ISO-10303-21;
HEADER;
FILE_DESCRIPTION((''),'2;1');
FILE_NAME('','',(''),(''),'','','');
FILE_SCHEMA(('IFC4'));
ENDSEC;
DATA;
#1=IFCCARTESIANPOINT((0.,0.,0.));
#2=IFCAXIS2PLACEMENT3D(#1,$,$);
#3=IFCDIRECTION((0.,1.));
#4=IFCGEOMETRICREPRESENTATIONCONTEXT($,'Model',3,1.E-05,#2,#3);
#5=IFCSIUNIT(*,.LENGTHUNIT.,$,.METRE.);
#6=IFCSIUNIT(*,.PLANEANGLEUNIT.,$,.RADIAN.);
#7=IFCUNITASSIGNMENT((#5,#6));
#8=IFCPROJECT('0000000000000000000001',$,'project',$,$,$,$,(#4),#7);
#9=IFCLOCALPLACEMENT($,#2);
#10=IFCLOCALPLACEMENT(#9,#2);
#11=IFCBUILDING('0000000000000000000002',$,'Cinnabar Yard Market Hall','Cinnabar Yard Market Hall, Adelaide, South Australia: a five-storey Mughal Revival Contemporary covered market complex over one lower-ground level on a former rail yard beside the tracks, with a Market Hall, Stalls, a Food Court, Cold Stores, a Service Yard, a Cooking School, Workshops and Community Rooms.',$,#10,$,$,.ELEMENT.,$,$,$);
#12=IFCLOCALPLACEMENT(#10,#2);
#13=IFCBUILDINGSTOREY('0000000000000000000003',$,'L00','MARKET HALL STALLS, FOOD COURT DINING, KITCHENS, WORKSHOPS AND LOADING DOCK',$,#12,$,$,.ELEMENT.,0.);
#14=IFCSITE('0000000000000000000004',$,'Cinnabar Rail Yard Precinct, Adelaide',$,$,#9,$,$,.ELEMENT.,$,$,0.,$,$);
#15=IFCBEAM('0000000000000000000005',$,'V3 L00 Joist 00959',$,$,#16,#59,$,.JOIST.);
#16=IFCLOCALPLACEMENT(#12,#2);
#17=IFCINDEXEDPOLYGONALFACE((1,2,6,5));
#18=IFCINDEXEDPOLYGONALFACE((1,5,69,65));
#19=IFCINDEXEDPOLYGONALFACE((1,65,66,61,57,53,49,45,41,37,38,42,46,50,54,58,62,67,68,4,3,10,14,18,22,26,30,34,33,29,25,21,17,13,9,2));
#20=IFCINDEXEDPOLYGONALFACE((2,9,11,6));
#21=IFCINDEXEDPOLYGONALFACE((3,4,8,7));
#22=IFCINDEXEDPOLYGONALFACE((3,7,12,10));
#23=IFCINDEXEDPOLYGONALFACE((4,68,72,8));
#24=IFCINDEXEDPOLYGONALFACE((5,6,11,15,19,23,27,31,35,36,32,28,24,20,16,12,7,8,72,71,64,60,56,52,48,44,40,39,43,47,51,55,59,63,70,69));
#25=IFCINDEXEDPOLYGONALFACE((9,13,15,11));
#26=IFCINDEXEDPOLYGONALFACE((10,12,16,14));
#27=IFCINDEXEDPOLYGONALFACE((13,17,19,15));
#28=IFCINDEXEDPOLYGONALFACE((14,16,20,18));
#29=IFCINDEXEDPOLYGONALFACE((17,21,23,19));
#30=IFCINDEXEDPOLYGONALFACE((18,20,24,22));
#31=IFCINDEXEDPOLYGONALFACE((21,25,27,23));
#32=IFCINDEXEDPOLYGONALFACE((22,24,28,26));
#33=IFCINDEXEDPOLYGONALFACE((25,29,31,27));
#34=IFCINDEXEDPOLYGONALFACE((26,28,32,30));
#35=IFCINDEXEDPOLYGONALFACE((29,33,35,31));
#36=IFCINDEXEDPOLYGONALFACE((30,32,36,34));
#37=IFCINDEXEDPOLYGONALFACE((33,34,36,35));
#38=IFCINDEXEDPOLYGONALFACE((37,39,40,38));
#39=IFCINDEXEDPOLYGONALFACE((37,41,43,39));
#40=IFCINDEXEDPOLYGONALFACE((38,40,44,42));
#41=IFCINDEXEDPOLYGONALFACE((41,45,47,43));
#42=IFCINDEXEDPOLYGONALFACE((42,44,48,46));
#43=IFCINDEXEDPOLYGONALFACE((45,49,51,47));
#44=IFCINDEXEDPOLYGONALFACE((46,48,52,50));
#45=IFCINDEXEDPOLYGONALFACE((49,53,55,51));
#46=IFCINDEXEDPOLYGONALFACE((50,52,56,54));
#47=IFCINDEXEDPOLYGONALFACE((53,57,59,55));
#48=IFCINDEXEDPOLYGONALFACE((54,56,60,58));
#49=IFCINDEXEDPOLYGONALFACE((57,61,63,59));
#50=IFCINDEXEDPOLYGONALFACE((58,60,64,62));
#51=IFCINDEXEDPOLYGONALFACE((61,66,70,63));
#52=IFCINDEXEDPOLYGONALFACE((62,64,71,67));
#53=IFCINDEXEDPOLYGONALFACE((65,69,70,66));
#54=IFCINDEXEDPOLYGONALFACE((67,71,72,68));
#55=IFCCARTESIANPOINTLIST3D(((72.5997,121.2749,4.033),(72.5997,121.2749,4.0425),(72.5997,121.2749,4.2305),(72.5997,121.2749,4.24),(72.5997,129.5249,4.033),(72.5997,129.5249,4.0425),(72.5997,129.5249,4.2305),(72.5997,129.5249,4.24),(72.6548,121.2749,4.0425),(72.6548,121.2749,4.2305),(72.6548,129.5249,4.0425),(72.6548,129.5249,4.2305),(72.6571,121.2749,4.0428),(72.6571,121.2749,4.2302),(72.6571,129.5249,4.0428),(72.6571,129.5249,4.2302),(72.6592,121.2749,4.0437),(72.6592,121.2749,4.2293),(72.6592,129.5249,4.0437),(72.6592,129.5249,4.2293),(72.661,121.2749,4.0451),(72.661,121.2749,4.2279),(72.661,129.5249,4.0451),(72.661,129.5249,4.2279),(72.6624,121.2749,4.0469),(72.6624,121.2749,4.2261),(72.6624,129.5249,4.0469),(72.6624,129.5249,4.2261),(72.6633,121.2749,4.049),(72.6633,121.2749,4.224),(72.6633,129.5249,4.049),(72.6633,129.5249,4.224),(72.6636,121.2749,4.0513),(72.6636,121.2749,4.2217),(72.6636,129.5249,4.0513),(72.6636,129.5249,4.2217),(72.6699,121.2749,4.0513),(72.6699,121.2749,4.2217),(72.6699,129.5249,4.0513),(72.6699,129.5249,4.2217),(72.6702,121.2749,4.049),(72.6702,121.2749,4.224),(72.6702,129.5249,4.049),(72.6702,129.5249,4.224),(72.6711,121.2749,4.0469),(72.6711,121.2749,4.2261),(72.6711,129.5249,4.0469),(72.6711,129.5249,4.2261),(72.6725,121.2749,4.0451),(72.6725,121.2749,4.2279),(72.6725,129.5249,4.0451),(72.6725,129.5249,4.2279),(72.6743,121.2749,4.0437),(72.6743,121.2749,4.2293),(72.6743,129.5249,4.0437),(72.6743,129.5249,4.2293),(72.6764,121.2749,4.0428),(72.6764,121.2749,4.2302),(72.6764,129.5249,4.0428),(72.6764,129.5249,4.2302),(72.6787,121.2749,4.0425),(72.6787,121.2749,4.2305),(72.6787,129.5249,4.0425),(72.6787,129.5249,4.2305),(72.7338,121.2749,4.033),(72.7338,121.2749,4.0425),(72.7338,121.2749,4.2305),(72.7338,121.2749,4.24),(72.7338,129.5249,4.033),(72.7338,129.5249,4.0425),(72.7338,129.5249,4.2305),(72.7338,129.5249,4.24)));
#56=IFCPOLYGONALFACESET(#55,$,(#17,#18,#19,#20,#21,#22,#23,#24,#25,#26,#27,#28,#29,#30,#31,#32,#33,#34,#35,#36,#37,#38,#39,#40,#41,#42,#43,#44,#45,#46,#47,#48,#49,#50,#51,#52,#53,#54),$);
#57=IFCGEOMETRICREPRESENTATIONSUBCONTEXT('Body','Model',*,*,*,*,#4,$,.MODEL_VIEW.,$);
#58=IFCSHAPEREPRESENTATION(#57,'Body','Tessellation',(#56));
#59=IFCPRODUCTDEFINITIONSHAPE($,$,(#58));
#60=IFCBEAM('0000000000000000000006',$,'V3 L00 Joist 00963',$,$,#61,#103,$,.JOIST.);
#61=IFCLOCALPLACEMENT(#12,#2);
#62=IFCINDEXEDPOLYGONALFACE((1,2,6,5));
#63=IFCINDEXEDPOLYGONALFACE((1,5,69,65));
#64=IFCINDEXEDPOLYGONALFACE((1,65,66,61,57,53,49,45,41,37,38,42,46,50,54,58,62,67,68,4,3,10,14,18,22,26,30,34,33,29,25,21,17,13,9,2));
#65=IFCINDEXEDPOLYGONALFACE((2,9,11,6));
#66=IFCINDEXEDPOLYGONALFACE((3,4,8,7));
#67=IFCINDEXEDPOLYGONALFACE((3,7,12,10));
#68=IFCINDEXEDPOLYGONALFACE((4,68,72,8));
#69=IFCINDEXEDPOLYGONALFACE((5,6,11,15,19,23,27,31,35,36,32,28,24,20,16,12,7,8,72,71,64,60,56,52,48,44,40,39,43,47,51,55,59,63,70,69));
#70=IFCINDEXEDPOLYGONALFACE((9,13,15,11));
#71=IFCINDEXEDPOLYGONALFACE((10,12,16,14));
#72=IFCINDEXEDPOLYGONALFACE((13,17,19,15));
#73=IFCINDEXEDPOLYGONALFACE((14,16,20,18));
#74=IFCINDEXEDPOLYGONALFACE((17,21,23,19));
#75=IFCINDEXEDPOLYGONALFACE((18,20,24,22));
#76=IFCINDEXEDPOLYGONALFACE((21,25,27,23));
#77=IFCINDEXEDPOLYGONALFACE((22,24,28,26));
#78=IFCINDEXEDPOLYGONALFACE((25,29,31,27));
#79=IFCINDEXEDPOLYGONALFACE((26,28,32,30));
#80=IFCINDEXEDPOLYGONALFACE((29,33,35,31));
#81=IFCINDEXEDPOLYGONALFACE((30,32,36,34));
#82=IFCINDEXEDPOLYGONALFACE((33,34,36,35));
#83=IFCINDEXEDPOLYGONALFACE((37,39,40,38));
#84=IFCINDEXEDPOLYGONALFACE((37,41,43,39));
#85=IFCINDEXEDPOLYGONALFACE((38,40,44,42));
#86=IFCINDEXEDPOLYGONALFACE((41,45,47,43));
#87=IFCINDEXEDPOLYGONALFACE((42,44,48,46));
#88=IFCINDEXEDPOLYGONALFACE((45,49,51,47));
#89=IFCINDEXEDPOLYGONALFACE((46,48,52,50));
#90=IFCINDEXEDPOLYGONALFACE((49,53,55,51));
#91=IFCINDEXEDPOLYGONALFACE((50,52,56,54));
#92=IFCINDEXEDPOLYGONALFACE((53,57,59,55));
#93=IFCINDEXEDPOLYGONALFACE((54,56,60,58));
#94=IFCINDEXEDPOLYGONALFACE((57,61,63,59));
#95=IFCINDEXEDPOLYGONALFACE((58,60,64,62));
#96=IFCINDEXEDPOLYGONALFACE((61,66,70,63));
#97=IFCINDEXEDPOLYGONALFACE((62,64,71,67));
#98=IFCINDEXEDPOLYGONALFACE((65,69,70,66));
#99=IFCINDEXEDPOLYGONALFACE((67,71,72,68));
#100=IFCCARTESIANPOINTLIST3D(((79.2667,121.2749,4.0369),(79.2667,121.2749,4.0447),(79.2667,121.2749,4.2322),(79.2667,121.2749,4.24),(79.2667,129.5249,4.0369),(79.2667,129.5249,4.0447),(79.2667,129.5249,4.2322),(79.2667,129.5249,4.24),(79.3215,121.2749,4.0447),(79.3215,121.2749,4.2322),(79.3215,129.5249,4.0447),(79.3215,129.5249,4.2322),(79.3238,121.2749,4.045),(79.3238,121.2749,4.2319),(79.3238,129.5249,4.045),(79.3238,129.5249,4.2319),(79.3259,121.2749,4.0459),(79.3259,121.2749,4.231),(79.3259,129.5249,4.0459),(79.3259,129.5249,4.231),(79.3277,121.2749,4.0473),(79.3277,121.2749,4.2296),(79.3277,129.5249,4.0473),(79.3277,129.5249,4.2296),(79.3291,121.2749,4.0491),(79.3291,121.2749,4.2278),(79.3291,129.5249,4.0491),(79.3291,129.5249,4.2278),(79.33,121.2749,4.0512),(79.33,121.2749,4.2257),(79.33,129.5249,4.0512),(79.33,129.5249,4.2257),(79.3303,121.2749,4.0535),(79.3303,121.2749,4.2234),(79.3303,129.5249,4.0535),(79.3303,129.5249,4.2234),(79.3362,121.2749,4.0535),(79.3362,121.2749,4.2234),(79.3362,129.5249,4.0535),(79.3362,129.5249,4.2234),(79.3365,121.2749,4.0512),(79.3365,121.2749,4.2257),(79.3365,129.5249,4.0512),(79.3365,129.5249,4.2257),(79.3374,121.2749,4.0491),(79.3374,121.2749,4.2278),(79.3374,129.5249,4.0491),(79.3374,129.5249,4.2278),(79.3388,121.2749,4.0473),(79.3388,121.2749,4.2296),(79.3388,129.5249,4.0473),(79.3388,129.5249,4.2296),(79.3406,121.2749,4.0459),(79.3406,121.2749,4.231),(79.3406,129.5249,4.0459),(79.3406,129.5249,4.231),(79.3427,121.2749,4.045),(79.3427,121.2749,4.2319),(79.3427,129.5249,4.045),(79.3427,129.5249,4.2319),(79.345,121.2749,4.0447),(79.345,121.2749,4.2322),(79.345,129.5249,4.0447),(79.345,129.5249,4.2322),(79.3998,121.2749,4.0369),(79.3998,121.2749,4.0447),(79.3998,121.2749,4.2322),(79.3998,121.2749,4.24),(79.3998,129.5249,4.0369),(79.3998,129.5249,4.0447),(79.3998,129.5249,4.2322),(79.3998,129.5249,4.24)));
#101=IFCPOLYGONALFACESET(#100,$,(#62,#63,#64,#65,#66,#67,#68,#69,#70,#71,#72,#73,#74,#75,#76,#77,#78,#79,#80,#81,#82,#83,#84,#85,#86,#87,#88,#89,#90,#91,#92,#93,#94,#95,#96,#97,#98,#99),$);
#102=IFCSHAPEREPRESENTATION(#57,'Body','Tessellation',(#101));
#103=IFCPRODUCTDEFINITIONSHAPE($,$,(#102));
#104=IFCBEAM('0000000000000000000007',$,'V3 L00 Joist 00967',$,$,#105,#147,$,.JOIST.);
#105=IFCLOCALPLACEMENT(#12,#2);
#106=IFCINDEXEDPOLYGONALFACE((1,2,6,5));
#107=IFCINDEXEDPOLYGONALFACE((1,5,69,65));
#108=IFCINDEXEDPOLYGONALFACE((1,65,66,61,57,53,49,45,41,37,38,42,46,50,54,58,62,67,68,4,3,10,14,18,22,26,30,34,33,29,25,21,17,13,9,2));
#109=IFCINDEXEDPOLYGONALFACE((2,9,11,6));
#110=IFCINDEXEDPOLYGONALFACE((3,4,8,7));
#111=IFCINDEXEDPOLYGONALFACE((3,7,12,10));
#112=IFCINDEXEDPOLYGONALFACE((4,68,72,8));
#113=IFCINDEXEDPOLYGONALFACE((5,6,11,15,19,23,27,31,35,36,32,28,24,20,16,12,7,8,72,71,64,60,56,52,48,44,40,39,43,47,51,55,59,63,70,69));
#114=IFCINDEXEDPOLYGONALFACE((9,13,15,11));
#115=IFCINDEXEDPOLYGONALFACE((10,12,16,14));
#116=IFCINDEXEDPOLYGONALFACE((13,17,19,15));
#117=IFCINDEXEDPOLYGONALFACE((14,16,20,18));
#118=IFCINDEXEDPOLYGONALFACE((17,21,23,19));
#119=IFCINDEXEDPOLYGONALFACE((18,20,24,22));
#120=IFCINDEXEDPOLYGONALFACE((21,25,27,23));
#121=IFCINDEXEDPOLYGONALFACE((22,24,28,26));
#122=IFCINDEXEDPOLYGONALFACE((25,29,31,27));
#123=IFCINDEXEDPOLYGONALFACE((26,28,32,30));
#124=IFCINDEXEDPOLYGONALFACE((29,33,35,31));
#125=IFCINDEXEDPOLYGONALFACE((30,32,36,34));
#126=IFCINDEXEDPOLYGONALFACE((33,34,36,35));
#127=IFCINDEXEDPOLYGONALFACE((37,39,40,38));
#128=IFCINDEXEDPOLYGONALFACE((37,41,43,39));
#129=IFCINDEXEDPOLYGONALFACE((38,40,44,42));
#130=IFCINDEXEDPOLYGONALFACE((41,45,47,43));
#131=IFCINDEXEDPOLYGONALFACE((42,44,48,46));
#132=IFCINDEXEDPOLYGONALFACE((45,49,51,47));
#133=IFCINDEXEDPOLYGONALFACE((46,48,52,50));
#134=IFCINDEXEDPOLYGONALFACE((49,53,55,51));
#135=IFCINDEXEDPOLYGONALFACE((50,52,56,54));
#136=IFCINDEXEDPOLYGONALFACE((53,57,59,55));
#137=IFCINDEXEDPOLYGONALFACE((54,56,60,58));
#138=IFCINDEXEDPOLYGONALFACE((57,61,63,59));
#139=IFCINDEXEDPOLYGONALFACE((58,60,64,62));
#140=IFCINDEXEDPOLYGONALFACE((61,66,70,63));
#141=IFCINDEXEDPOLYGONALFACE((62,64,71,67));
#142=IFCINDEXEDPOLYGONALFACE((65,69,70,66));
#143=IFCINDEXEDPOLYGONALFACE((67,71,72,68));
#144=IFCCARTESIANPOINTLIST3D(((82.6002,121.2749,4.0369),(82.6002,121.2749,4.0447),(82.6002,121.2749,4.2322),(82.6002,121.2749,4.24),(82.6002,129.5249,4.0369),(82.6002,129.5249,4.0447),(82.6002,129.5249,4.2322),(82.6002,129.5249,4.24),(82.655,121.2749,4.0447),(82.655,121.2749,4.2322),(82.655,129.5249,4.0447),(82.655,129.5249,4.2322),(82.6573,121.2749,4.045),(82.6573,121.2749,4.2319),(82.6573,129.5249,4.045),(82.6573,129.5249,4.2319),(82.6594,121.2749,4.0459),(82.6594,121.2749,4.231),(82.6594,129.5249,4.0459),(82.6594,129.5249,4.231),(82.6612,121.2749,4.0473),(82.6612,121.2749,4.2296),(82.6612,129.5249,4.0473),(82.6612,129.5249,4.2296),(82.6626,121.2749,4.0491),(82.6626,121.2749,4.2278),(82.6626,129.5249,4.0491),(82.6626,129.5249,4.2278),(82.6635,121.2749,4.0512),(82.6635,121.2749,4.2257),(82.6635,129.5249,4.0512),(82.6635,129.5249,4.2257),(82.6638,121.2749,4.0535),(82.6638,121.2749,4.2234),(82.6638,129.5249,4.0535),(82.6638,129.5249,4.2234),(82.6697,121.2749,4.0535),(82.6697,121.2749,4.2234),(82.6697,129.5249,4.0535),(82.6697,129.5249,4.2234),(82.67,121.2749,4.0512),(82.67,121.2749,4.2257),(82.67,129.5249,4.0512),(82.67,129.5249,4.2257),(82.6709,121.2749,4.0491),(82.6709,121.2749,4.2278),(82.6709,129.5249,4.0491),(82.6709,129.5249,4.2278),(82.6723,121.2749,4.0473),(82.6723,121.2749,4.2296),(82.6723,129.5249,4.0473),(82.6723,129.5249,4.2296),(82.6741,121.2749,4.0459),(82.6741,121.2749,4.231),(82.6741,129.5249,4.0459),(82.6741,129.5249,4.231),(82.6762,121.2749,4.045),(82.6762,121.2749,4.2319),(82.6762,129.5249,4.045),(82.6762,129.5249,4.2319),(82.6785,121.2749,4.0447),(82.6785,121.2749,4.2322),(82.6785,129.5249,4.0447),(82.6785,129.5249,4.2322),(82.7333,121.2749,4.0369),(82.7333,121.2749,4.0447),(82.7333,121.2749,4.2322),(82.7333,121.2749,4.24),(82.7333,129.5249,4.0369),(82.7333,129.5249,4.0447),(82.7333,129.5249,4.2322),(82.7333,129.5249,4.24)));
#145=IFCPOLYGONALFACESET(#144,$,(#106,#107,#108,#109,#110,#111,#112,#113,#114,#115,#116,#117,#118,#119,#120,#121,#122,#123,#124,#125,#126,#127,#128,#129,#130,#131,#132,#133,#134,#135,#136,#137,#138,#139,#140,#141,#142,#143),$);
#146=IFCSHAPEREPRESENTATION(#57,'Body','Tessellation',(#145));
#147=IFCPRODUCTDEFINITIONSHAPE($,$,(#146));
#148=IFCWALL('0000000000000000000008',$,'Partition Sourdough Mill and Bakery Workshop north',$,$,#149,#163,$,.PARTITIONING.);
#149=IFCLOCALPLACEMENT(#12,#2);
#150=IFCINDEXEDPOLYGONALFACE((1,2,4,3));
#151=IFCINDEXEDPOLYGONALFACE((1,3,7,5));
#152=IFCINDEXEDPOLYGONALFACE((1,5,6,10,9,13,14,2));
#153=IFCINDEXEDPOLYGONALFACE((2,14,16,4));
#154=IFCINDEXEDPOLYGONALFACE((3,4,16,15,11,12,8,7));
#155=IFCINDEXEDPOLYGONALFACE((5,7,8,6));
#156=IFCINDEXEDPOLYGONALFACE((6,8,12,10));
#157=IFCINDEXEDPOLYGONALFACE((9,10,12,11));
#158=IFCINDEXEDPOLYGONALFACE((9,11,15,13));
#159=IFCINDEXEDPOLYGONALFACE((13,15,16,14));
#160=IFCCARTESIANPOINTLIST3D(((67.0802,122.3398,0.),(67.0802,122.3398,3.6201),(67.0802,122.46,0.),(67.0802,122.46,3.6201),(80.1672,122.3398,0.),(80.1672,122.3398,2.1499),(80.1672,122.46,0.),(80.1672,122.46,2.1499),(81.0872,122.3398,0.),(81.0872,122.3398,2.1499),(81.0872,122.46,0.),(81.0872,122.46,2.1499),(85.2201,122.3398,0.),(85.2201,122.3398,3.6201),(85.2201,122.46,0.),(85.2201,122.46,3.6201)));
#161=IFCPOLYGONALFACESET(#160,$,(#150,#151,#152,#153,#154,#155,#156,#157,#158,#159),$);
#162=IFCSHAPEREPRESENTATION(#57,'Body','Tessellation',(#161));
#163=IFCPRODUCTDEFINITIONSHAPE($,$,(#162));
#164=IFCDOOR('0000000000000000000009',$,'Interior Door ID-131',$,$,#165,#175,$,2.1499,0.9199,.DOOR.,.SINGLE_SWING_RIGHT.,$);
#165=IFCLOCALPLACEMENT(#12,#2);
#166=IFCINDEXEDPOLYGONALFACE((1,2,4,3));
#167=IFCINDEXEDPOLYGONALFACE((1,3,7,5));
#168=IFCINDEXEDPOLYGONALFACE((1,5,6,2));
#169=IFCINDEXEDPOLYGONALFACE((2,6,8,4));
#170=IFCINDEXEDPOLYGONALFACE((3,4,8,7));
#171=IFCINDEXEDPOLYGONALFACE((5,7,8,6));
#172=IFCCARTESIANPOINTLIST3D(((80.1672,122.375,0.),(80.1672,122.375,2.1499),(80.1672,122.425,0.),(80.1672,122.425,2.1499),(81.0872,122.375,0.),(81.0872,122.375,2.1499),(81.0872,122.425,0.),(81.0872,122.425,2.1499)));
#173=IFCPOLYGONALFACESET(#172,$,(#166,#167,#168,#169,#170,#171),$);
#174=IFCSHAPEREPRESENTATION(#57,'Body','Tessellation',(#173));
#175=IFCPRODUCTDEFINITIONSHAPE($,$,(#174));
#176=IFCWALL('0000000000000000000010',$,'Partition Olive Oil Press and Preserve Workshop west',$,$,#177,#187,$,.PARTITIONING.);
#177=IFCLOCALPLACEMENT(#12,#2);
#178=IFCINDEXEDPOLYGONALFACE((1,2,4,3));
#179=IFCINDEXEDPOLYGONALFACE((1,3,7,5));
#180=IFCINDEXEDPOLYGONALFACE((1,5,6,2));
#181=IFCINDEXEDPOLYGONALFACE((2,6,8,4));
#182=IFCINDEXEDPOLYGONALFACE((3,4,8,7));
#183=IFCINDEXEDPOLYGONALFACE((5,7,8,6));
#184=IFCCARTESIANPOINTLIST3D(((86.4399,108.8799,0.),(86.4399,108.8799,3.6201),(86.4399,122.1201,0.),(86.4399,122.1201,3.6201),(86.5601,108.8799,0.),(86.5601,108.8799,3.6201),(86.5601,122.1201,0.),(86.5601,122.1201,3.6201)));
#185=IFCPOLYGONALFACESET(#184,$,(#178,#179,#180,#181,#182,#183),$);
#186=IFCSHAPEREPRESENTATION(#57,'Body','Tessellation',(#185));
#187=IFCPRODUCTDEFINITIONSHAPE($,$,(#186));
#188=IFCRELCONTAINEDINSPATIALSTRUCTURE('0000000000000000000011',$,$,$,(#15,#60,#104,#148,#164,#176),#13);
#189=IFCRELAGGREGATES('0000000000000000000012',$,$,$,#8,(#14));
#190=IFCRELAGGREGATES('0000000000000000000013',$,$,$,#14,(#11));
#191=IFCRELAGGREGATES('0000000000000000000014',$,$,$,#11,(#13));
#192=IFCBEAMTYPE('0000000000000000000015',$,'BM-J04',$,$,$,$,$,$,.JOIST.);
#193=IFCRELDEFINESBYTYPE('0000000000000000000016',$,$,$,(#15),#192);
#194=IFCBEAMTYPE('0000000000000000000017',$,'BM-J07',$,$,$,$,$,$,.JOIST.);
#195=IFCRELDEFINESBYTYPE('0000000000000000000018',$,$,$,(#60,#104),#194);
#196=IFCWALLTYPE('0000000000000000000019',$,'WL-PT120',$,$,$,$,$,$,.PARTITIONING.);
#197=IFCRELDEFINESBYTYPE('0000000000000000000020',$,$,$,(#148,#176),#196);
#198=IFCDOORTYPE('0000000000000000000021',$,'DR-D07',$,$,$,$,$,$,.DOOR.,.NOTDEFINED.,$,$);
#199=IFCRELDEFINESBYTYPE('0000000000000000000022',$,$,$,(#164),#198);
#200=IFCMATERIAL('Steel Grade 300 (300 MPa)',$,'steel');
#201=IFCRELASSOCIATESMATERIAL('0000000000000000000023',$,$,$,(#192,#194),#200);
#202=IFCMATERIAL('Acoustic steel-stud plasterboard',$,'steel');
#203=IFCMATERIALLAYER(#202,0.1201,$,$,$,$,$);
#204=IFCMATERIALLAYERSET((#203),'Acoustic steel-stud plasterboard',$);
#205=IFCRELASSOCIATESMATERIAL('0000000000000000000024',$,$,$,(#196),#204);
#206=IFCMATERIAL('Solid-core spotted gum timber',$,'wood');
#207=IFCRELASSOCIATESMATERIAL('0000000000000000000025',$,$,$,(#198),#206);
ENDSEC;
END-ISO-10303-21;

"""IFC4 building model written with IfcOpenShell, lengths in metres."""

from ifc_helpers import new_model, si_unit, direction, frame, frame_2d, origin, origin_2d_with_axis, place, context, subcontext, project, spatial, rectangle, i_section, extrude, material, layer, layer_set, material_profile, profile_set, type_object, element, fill, save


model = new_model("IFC4")

# Units and contexts
model_context = context("Model", 3, precision=1e-05, world=origin(), true_north=direction((0.0, 1.0)))
body_context = subcontext(model_context, "Body", "Model", "MODEL_VIEW")
ifc_project = project(units=[si_unit("LENGTHUNIT", "METRE"), si_unit("PLANEANGLEUNIT", "RADIAN")], contexts=[model_context])

# Site, building, storey
site_placement = place(None, origin())
site = spatial("IfcSite", under=ifc_project, at=site_placement, Name="Cinnabar Rail Yard Precinct, Adelaide", CompositionType="ELEMENT", RefElevation=0.0)
building_placement = place(site_placement, origin())
building = spatial("IfcBuilding", under=site, at=building_placement, Name="Cinnabar Yard Market Hall", Description="Cinnabar Yard Market Hall, Adelaide, South Australia: a five-storey Mughal Revival Contemporary covered market complex over one lower-ground level on a former rail yard beside the tracks, with a Market Hall, Stalls, a Food Court, Cold Stores, a Service Yard, a Cooking School, Workshops and Community Rooms.", CompositionType="ELEMENT")
storey_placement = place(building_placement, origin())
storey = spatial("IfcBuildingStorey", under=building, at=storey_placement, Name="L00", Description="MARKET HALL STALLS, FOOD COURT DINING, KITCHENS, WORKSHOPS AND LOADING DOCK", CompositionType="ELEMENT", Elevation=0.0)

# Shared definitions
ifc_material_1 = material(Name="Steel Grade 300 (300 MPa)", Category="steel")

# Beams
ifc_material_profile_1 = material_profile(ifc_material_1, i_section(OverallWidth=0.134, OverallDepth=0.207, WebThickness=0.0063, FlangeThickness=0.0095, FilletRadius=0.0088, at=origin_2d_with_axis()), Name="200UB29.8")
ifc_profile_set_1 = profile_set([ifc_material_profile_1], Name="Steel Grade 300 (300 MPa)")
beam_type_1 = type_object("IfcBeamType", Name="BM-J04", PredefinedType="JOIST", material=ifc_profile_set_1)
for number, where, z_axis, x_axis, name in (
    (1, (72.6667, 121.2749, 4.1365), (0.0, 1.0, 0.0), (-1.0, 0.0, 0.0), "V3 L00 Joist 00959"),
):
    element("IfcBeam", number, at=place(storey_placement, frame(where, z_axis=z_axis, x_axis=x_axis)), inside=storey, type_object=beam_type_1, Name=name, PredefinedType="JOIST", context=body_context, shape_type="SweptSolid", body=[
        extrude(i_section(OverallWidth=0.134, OverallDepth=0.207, WebThickness=0.0063, FlangeThickness=0.0095, FilletRadius=0.0088, at=origin_2d_with_axis()), origin(), (0.0, 0.0, 1.0), 8.25),
    ])
ifc_material_profile_2 = material_profile(ifc_material_1, i_section(OverallWidth=0.1331, OverallDepth=0.2031, WebThickness=0.0059, FlangeThickness=0.0078, FilletRadius=0.0088, at=origin_2d_with_axis()), Name="200UB25.4")
ifc_profile_set_2 = profile_set([ifc_material_profile_2], Name="Steel Grade 300 (300 MPa)")
beam_type_2 = type_object("IfcBeamType", Name="BM-J07", PredefinedType="JOIST", material=ifc_profile_set_2)
for number, where, z_axis, x_axis, name in (
    (2, (79.3333, 121.2749, 4.1384), (0.0, 1.0, 0.0), (-1.0, 0.0, 0.0), "V3 L00 Joist 00963"),
    (3, (82.6667, 121.2749, 4.1384), (0.0, 1.0, 0.0), (-1.0, 0.0, 0.0), "V3 L00 Joist 00967"),
):
    element("IfcBeam", number, at=place(storey_placement, frame(where, z_axis=z_axis, x_axis=x_axis)), inside=storey, type_object=beam_type_2, Name=name, PredefinedType="JOIST", context=body_context, shape_type="SweptSolid", body=[
        extrude(i_section(OverallWidth=0.1331, OverallDepth=0.2031, WebThickness=0.0059, FlangeThickness=0.0078, FilletRadius=0.0088, at=origin_2d_with_axis()), origin(), (0.0, 0.0, 1.0), 8.25),
    ])

# Wall, opening, door
ifc_material_2 = material(Name="Acoustic steel-stud plasterboard", Category="steel")
ifc_layer_1 = layer(ifc_material_2, 0.1201)
ifc_layer_set_1 = layer_set([ifc_layer_1], Name="Acoustic steel-stud plasterboard")
wall_type_1 = type_object("IfcWallType", Name="WL-PT120", PredefinedType="PARTITIONING", material=ifc_layer_set_1)
wall_1_placement = place(storey_placement, frame((85.22, 122.3999, 0.0), z_axis=(0.0, 0.0, 1.0), x_axis=(-1.0, 0.0, 0.0)))
wall_1 = element("IfcWall", 4, at=wall_1_placement, inside=storey, type_object=wall_type_1, Name="Partition Sourdough Mill and Bakery Workshop north", PredefinedType="PARTITIONING", context=body_context, shape_type="SweptSolid", body=[
    extrude(rectangle(XDim=18.1399, YDim=0.1201, at=frame_2d((9.0698, 0.0), x_axis=(1.0, 0.0))), origin(), (0.0, 0.0, 1.0), 3.6201),
])
opening_1_placement = place(wall_1_placement, frame((4.1328, 0.0, 0.0)))
opening_1 = element("IfcOpeningElement", 5, at=opening_1_placement, cuts=wall_1, PredefinedType="OPENING", context=body_context, shape_type="SweptSolid", body=[
    extrude(rectangle(XDim=0.9199, YDim=2.1499, at=frame_2d((0.46, 1.075), x_axis=(1.0, 0.0))), frame((0.0, 0.0701, 0.0), z_axis=(0.0, -1.0, 0.0), x_axis=(1.0, 0.0, 0.0)), (0.0, 0.0, 1.0), 0.1401),
])
ifc_material_3 = material(Name="Solid-core spotted gum timber", Category="wood")
door_type_1 = type_object("IfcDoorType", Name="DR-D07", OperationType="NOTDEFINED", PredefinedType="DOOR", material=ifc_material_3)
door_1_placement = place(opening_1_placement, origin())
door_1 = element("IfcDoor", 6, at=door_1_placement, inside=storey, type_object=door_type_1, Name="Interior Door ID-131", OperationType="SINGLE_SWING_RIGHT", OverallHeight=2.1499, OverallWidth=0.9199, PredefinedType="DOOR", context=body_context, shape_type="SweptSolid", body=[
    extrude(rectangle(XDim=0.9199, YDim=2.1499, at=frame_2d((0.46, 1.075), x_axis=(1.0, 0.0))), frame((0.0, 0.0249, 0.0), z_axis=(0.0, -1.0, 0.0), x_axis=(1.0, 0.0, 0.0)), (0.0, 0.0, 1.0), 0.05),
])
fill(opening_1, door_1)

# Wall
wall_2_placement = place(storey_placement, frame((86.5, 122.1201, 0.0), z_axis=(0.0, 0.0, 1.0), x_axis=(0.0, -1.0, 0.0)))
element("IfcWall", 7, at=wall_2_placement, inside=storey, type_object=wall_type_1, Name="Partition Olive Oil Press and Preserve Workshop west", PredefinedType="PARTITIONING", context=body_context, shape_type="SweptSolid", body=[
    extrude(rectangle(XDim=13.2402, YDim=0.1201, at=frame_2d((6.6201, 0.0), x_axis=(1.0, 0.0))), origin(), (0.0, 0.0, 1.0), 3.6201),
])

save(model, "model.ifc")
